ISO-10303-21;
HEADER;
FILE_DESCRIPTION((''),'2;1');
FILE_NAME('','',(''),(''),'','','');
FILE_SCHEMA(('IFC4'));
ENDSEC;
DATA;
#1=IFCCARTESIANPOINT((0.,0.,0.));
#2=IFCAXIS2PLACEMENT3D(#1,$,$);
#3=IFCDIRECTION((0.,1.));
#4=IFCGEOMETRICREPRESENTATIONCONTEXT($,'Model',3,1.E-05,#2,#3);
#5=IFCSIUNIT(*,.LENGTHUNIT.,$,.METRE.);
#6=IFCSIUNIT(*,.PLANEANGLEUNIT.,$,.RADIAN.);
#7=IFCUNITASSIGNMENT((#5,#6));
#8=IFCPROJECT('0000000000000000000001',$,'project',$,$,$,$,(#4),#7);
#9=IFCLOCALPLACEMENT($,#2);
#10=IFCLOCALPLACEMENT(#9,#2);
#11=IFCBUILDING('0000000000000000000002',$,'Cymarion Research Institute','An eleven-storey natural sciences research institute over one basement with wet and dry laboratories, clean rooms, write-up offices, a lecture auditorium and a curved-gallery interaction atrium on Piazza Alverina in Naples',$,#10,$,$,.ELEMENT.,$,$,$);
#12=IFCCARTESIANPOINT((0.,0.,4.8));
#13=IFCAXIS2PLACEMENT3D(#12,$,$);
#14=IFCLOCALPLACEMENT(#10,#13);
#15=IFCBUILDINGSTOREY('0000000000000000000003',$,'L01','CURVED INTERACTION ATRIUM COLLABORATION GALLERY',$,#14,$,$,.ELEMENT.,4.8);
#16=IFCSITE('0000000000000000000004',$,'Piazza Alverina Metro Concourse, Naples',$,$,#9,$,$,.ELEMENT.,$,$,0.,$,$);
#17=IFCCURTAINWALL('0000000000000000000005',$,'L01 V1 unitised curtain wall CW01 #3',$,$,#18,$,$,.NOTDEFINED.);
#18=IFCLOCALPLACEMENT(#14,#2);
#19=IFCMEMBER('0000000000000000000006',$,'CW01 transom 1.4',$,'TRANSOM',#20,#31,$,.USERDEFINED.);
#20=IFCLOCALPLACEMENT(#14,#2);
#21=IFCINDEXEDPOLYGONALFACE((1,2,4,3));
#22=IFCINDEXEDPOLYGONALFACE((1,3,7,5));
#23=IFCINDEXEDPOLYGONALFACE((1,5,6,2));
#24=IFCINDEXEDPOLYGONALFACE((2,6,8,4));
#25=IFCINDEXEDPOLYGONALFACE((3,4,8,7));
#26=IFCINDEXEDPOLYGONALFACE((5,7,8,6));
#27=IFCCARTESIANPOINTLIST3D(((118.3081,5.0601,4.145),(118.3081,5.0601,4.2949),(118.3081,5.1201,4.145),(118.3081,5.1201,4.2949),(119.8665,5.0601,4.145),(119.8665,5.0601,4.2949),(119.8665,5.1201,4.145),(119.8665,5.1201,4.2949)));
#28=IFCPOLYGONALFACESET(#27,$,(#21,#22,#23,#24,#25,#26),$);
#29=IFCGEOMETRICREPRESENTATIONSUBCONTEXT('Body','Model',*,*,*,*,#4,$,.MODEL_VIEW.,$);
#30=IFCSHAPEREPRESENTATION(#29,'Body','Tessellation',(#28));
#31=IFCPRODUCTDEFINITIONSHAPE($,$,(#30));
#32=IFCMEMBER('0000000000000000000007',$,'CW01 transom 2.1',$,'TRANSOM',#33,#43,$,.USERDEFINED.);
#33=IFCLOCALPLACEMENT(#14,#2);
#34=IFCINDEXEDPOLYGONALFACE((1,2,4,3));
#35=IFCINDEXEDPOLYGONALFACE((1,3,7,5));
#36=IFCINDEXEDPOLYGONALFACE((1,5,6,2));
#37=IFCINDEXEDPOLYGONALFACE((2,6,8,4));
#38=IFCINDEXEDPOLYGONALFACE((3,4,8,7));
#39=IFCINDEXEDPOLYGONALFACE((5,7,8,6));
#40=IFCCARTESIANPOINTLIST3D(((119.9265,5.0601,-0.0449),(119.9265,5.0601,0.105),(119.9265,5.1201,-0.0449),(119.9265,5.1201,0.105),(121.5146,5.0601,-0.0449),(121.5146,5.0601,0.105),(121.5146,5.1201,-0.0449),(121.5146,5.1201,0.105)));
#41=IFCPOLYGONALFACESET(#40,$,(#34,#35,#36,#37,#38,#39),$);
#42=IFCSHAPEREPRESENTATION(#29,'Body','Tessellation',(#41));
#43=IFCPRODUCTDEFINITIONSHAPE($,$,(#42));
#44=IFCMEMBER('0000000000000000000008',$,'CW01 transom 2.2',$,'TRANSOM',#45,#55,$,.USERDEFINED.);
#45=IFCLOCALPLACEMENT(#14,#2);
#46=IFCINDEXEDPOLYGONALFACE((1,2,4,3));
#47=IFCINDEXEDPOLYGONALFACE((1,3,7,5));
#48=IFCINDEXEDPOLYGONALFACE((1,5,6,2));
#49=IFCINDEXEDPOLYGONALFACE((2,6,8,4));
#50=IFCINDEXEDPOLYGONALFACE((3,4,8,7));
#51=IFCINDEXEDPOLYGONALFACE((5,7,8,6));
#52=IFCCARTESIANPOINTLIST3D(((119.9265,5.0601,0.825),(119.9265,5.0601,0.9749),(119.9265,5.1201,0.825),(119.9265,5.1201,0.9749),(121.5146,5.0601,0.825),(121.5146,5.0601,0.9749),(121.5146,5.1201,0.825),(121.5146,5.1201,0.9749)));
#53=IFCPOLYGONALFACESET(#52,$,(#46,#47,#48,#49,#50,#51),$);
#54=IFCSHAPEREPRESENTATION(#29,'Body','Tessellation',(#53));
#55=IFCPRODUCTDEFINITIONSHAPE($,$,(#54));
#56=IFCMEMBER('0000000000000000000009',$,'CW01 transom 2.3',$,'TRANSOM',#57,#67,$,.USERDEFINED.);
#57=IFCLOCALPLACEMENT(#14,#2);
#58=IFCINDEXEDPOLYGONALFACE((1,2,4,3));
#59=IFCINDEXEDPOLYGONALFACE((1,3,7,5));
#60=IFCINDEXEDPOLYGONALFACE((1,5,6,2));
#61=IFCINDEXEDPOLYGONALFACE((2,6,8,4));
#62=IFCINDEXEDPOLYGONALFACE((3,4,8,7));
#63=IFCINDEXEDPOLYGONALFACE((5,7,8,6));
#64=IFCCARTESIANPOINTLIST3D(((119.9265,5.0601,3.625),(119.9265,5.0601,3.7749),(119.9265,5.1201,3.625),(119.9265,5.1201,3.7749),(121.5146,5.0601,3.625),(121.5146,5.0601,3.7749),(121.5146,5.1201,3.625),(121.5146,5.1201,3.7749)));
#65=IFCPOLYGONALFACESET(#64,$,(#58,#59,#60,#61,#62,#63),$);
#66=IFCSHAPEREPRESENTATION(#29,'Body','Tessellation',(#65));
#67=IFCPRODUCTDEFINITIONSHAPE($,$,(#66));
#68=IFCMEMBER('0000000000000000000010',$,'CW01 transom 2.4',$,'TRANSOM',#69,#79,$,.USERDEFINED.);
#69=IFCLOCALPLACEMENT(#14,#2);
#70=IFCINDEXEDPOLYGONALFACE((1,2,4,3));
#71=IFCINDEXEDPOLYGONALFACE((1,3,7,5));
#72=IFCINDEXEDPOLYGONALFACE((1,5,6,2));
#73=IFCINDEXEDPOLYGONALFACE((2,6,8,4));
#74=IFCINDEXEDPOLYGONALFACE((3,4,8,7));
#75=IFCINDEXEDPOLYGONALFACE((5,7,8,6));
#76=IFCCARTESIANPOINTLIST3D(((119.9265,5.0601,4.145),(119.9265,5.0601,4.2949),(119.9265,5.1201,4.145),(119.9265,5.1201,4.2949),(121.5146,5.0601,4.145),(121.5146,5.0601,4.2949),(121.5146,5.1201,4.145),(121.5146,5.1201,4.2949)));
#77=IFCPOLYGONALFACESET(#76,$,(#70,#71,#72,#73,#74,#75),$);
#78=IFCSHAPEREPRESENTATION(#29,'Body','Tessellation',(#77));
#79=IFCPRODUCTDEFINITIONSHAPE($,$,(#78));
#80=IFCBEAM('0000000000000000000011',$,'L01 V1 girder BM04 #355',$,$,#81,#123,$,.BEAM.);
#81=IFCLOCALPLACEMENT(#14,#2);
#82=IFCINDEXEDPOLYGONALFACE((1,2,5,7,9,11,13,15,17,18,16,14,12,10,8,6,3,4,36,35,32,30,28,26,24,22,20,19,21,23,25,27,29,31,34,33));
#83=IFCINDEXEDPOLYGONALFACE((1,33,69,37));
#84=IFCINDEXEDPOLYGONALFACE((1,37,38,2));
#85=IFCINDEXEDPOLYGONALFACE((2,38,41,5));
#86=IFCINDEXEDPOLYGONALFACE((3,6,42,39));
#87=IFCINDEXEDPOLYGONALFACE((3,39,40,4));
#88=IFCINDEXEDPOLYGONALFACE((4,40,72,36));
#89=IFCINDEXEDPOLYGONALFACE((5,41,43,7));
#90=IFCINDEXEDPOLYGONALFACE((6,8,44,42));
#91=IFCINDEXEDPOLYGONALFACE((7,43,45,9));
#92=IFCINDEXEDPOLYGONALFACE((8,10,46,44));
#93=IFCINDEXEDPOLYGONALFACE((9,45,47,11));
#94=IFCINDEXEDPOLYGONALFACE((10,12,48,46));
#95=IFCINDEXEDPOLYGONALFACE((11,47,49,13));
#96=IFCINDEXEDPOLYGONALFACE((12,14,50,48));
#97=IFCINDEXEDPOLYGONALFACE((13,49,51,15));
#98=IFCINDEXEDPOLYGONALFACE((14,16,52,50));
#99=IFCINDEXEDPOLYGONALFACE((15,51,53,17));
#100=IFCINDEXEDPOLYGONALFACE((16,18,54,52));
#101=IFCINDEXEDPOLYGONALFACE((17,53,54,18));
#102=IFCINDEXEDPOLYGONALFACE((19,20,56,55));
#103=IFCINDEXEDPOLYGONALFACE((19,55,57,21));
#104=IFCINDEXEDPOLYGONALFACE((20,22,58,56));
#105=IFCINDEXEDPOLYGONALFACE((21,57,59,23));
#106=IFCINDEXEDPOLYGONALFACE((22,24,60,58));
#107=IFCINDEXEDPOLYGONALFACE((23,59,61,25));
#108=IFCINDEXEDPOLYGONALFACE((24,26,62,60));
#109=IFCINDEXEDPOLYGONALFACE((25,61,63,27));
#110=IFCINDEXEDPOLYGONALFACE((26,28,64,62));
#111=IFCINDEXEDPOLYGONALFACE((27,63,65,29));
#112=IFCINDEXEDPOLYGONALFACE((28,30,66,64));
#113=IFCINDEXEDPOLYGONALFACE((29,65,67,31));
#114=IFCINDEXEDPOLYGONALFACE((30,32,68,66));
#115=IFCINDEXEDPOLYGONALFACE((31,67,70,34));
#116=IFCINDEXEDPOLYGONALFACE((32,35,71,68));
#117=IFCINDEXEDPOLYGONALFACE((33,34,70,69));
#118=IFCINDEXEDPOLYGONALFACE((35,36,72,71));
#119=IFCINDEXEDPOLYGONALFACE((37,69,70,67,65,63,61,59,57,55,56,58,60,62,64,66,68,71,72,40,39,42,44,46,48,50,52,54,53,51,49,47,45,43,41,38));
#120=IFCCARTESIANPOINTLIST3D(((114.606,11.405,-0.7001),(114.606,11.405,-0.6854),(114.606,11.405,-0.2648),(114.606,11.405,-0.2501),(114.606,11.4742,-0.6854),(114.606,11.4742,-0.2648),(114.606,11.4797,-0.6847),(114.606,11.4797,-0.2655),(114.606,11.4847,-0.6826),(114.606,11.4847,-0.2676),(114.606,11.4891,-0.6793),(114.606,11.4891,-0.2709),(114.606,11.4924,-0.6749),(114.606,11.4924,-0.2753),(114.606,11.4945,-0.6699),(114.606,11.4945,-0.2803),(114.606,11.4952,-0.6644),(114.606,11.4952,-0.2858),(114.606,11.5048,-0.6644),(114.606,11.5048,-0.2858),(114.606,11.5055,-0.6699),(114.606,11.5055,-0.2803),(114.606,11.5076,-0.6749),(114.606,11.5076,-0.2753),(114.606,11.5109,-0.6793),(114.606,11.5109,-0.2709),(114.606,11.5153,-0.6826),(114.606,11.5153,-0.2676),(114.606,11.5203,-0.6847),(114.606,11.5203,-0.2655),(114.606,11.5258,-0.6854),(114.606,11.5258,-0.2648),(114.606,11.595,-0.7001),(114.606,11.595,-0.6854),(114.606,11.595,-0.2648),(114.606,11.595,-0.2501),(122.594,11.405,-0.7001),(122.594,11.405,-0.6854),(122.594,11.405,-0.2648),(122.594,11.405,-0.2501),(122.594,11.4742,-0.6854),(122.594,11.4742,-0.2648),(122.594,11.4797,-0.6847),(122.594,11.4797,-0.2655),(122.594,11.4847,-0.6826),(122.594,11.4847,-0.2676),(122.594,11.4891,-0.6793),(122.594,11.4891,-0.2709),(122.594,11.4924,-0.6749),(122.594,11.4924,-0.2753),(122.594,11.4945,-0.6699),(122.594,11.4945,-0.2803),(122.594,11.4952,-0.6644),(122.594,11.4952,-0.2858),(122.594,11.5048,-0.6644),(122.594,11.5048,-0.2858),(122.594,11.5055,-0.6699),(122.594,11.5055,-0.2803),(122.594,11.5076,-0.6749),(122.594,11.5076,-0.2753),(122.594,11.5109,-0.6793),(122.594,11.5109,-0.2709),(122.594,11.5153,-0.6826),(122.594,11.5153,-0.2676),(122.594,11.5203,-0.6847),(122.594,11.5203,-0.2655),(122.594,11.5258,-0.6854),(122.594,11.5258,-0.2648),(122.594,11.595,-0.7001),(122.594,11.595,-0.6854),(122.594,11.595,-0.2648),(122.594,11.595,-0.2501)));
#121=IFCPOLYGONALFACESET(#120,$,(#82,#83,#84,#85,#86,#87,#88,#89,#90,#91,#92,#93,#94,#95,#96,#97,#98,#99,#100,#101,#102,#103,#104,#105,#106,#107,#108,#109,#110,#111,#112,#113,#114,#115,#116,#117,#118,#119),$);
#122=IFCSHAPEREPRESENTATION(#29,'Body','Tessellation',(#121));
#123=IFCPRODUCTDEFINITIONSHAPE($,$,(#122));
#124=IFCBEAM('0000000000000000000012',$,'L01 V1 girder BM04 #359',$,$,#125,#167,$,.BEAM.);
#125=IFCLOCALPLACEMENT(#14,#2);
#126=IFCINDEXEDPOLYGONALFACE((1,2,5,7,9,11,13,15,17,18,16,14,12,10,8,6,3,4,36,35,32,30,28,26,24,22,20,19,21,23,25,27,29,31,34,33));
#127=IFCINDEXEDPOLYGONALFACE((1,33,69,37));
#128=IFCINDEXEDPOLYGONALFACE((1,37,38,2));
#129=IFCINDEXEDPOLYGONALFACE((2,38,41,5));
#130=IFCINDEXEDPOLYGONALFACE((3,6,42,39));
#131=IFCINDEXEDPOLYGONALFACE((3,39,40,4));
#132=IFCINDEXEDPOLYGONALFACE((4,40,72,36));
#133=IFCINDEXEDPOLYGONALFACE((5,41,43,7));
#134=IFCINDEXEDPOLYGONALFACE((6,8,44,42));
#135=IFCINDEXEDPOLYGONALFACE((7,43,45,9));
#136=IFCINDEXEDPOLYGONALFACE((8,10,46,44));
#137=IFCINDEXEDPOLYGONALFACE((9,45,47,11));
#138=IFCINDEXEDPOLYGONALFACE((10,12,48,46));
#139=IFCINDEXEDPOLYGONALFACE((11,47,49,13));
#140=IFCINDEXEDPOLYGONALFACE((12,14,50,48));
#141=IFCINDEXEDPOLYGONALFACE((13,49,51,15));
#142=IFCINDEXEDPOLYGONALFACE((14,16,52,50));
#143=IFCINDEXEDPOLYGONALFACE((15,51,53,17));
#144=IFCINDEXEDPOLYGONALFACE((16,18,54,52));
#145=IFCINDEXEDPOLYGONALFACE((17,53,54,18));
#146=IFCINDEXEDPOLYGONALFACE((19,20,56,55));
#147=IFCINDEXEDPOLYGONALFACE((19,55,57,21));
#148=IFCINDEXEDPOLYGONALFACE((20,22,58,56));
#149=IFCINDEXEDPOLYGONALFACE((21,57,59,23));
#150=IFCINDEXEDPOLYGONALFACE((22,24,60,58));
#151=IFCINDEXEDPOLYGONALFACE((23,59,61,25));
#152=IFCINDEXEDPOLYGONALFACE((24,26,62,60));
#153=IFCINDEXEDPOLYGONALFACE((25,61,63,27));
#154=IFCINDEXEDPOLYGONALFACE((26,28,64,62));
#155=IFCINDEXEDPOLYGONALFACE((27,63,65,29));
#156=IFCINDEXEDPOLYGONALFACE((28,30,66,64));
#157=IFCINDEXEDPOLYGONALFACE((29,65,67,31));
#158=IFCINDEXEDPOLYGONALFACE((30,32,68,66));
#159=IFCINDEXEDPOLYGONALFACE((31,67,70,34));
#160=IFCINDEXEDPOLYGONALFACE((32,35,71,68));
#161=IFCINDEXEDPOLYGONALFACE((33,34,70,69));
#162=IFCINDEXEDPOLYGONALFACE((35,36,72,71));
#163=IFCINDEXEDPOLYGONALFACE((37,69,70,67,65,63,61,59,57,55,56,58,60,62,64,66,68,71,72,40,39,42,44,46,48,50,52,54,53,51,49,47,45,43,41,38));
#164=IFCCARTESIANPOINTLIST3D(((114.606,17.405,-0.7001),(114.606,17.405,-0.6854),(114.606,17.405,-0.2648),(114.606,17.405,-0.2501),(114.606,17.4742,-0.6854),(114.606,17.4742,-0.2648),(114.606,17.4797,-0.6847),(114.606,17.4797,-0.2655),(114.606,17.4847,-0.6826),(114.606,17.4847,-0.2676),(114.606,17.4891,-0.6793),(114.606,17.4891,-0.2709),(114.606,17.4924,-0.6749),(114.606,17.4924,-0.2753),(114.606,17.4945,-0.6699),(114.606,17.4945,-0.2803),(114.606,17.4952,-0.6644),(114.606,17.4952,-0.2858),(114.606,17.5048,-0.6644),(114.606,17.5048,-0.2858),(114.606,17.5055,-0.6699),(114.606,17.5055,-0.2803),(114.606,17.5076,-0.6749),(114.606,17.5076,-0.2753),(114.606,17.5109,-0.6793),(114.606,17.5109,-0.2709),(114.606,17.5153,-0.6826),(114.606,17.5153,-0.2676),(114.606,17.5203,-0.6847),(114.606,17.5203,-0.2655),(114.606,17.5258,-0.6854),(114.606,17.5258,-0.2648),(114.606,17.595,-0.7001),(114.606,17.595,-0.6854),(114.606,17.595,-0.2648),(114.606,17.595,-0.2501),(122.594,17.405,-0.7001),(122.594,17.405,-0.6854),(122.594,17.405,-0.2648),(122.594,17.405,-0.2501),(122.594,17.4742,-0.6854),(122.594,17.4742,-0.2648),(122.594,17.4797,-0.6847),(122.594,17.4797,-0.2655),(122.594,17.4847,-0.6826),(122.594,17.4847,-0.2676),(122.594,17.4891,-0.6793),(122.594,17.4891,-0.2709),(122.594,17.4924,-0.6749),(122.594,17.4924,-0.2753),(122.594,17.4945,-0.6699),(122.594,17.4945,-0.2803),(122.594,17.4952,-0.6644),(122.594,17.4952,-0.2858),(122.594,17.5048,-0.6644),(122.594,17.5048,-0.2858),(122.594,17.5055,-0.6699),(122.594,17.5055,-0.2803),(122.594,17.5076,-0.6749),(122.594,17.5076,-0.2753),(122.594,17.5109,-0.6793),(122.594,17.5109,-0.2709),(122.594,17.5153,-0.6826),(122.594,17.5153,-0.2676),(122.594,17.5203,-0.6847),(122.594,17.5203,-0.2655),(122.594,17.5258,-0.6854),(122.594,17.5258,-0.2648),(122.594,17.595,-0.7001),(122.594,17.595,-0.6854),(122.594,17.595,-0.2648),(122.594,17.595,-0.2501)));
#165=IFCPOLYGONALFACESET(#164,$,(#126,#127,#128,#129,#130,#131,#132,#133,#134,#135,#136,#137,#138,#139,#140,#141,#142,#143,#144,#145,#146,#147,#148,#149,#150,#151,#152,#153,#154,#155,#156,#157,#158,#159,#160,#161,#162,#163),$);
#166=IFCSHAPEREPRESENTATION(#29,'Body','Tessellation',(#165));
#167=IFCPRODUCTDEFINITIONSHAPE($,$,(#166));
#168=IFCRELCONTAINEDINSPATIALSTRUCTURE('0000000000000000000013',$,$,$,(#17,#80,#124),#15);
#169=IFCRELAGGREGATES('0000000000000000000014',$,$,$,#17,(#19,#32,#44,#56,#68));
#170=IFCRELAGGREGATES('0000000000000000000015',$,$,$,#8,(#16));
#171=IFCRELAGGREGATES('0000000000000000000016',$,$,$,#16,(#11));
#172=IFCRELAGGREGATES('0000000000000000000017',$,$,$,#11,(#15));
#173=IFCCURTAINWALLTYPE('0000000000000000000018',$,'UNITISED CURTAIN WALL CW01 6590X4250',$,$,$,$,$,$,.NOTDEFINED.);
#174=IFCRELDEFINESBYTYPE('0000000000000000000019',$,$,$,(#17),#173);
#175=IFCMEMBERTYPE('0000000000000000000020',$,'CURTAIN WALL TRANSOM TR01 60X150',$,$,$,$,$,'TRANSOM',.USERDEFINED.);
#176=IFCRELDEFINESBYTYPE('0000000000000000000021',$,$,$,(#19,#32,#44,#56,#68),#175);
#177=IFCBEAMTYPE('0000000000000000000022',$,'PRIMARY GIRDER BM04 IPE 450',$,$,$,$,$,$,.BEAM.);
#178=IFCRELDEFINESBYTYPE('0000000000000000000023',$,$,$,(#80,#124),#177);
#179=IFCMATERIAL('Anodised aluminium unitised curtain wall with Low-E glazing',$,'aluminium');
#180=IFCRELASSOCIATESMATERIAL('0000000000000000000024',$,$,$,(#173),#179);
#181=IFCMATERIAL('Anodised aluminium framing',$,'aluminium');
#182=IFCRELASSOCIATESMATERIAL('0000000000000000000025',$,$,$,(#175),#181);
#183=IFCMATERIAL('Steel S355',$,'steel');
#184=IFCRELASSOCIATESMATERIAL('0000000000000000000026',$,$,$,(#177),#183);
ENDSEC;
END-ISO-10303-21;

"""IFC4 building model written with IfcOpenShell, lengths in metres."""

from ifc_helpers import new_model, si_unit, direction, frame, origin, origin_2d, place, context, subcontext, project, spatial, rectangle, i_section, extrude, material, material_profile, profile_set, type_object, element, aggregate, save


model = new_model("IFC4")

# Units and contexts
model_context = context("Model", 3, precision=1e-05, world=origin(), true_north=direction((0.0, 1.0)))
body_context = subcontext(model_context, "Body", "Model", "MODEL_VIEW")
ifc_project = project(units=[si_unit("LENGTHUNIT", "METRE"), si_unit("PLANEANGLEUNIT", "RADIAN")], contexts=[model_context])

# Site, building, storey
site_placement = place(None, origin())
site = spatial("IfcSite", under=ifc_project, at=site_placement, Name="Piazza Alverina Metro Concourse, Naples", CompositionType="ELEMENT", RefElevation=0.0)
building_placement = place(site_placement, origin())
building = spatial("IfcBuilding", under=site, at=building_placement, Name="Cymarion Research Institute", Description="An eleven-storey natural sciences research institute over one basement with wet and dry laboratories, clean rooms, write-up offices, a lecture auditorium and a curved-gallery interaction atrium on Piazza Alverina in Naples", CompositionType="ELEMENT")
storey_placement = place(building_placement, frame((0.0, 0.0, 4.8)))
storey = spatial("IfcBuildingStorey", under=building, at=storey_placement, Name="L01", Description="CURVED INTERACTION ATRIUM COLLABORATION GALLERY", CompositionType="ELEMENT", Elevation=4.8)

# Shared definitions
ifc_material_1 = material(Name="Steel S355", Category="steel")

# Curtain wall, members
ifc_material_2 = material(Name="Anodised aluminium unitised curtain wall with Low-E glazing", Category="aluminium")
curtain_wall_type = type_object("IfcCurtainWallType", Name="UNITISED CURTAIN WALL CW01 6590X4250", PredefinedType="NOTDEFINED", material=ifc_material_2)
curtain_wall_placement = place(storey_placement, origin())
curtain_wall = element("IfcCurtainWall", 1, at=curtain_wall_placement, inside=storey, type_object=curtain_wall_type, Name="L01 V1 unitised curtain wall CW01 #3", PredefinedType="NOTDEFINED")
ifc_material_3 = material(Name="Anodised aluminium framing", Category="aluminium")
ifc_material_profile_1 = material_profile(ifc_material_3, rectangle(XDim=0.0601, YDim=0.1499, at=origin_2d()), Name="ALU TRANSOM 60x150")
ifc_profile_set_1 = profile_set([ifc_material_profile_1], Name="Anodised aluminium framing")
member_type_1 = type_object("IfcMemberType", Name="CURTAIN WALL TRANSOM TR01 60X150", ElementType="TRANSOM", PredefinedType="USERDEFINED", material=ifc_profile_set_1)
member_1_placement = place(storey_placement, frame((118.3081, 5.0901, 4.22), z_axis=(1.0, 0.0, 0.0), x_axis=(0.0, 1.0, 0.0)))
member_1 = element("IfcMember", 2, at=member_1_placement, type_object=member_type_1, Name="CW01 transom 1.4", ObjectType="TRANSOM", PredefinedType="USERDEFINED", context=body_context, shape_type="SweptSolid", body=[
    extrude(rectangle(XDim=0.0601, YDim=0.1499, at=origin_2d()), origin(), (0.0, 0.0, 1.0), 1.5583),
])
member_2_placement = place(storey_placement, frame((119.9265, 5.0901, 0.03), z_axis=(1.0, 0.0, 0.0), x_axis=(0.0, 1.0, 0.0)))
member_2 = element("IfcMember", 3, at=member_2_placement, type_object=member_type_1, Name="CW01 transom 2.1", ObjectType="TRANSOM", PredefinedType="USERDEFINED", context=body_context, shape_type="SweptSolid", body=[
    extrude(rectangle(XDim=0.0601, YDim=0.1499, at=origin_2d()), origin(), (0.0, 0.0, 1.0), 1.5881),
])
member_3_placement = place(storey_placement, frame((119.9265, 5.0901, 0.8999), z_axis=(1.0, 0.0, 0.0), x_axis=(0.0, 1.0, 0.0)))
member_3 = element("IfcMember", 4, at=member_3_placement, type_object=member_type_1, Name="CW01 transom 2.2", ObjectType="TRANSOM", PredefinedType="USERDEFINED", context=body_context, shape_type="SweptSolid", body=[
    extrude(rectangle(XDim=0.0601, YDim=0.1499, at=origin_2d()), origin(), (0.0, 0.0, 1.0), 1.5881),
])
member_4_placement = place(storey_placement, frame((119.9265, 5.0901, 3.7), z_axis=(1.0, 0.0, 0.0), x_axis=(0.0, 1.0, 0.0)))
member_4 = element("IfcMember", 5, at=member_4_placement, type_object=member_type_1, Name="CW01 transom 2.3", ObjectType="TRANSOM", PredefinedType="USERDEFINED", context=body_context, shape_type="SweptSolid", body=[
    extrude(rectangle(XDim=0.0601, YDim=0.1499, at=origin_2d()), origin(), (0.0, 0.0, 1.0), 1.5881),
])
member_5_placement = place(storey_placement, frame((119.9265, 5.0901, 4.22), z_axis=(1.0, 0.0, 0.0), x_axis=(0.0, 1.0, 0.0)))
member_5 = element("IfcMember", 6, at=member_5_placement, type_object=member_type_1, Name="CW01 transom 2.4", ObjectType="TRANSOM", PredefinedType="USERDEFINED", context=body_context, shape_type="SweptSolid", body=[
    extrude(rectangle(XDim=0.0601, YDim=0.1499, at=origin_2d()), origin(), (0.0, 0.0, 1.0), 1.5881),
])

# Beams
ifc_material_profile_2 = material_profile(ifc_material_1, i_section(OverallWidth=0.1899, OverallDepth=0.45, WebThickness=0.0095, FlangeThickness=0.0146, FilletRadius=0.021, at=origin_2d()), Name="IPE 450")
ifc_profile_set_2 = profile_set([ifc_material_profile_2], Name="Steel S355")
beam_type_1 = type_object("IfcBeamType", Name="PRIMARY GIRDER BM04 IPE 450", PredefinedType="BEAM", material=ifc_profile_set_2)
for number, where, z_axis, x_axis, name in (
    (7, (114.606, 11.5, -0.4751), (1.0, 0.0, 0.0), (0.0, 1.0, 0.0), "L01 V1 girder BM04 #355"),
    (8, (114.606, 17.5, -0.4751), (1.0, 0.0, 0.0), (0.0, 1.0, 0.0), "L01 V1 girder BM04 #359"),
):
    element("IfcBeam", number, at=place(storey_placement, frame(where, z_axis=z_axis, x_axis=x_axis)), inside=storey, type_object=beam_type_1, Name=name, PredefinedType="BEAM", context=body_context, shape_type="SweptSolid", body=[
        extrude(i_section(OverallWidth=0.1899, OverallDepth=0.45, WebThickness=0.0095, FlangeThickness=0.0146, FilletRadius=0.021, at=origin_2d()), origin(), (0.0, 0.0, 1.0), 7.988),
    ])

aggregate(curtain_wall, [member_1, member_2, member_3, member_4, member_5])

save(model, "model.ifc")
